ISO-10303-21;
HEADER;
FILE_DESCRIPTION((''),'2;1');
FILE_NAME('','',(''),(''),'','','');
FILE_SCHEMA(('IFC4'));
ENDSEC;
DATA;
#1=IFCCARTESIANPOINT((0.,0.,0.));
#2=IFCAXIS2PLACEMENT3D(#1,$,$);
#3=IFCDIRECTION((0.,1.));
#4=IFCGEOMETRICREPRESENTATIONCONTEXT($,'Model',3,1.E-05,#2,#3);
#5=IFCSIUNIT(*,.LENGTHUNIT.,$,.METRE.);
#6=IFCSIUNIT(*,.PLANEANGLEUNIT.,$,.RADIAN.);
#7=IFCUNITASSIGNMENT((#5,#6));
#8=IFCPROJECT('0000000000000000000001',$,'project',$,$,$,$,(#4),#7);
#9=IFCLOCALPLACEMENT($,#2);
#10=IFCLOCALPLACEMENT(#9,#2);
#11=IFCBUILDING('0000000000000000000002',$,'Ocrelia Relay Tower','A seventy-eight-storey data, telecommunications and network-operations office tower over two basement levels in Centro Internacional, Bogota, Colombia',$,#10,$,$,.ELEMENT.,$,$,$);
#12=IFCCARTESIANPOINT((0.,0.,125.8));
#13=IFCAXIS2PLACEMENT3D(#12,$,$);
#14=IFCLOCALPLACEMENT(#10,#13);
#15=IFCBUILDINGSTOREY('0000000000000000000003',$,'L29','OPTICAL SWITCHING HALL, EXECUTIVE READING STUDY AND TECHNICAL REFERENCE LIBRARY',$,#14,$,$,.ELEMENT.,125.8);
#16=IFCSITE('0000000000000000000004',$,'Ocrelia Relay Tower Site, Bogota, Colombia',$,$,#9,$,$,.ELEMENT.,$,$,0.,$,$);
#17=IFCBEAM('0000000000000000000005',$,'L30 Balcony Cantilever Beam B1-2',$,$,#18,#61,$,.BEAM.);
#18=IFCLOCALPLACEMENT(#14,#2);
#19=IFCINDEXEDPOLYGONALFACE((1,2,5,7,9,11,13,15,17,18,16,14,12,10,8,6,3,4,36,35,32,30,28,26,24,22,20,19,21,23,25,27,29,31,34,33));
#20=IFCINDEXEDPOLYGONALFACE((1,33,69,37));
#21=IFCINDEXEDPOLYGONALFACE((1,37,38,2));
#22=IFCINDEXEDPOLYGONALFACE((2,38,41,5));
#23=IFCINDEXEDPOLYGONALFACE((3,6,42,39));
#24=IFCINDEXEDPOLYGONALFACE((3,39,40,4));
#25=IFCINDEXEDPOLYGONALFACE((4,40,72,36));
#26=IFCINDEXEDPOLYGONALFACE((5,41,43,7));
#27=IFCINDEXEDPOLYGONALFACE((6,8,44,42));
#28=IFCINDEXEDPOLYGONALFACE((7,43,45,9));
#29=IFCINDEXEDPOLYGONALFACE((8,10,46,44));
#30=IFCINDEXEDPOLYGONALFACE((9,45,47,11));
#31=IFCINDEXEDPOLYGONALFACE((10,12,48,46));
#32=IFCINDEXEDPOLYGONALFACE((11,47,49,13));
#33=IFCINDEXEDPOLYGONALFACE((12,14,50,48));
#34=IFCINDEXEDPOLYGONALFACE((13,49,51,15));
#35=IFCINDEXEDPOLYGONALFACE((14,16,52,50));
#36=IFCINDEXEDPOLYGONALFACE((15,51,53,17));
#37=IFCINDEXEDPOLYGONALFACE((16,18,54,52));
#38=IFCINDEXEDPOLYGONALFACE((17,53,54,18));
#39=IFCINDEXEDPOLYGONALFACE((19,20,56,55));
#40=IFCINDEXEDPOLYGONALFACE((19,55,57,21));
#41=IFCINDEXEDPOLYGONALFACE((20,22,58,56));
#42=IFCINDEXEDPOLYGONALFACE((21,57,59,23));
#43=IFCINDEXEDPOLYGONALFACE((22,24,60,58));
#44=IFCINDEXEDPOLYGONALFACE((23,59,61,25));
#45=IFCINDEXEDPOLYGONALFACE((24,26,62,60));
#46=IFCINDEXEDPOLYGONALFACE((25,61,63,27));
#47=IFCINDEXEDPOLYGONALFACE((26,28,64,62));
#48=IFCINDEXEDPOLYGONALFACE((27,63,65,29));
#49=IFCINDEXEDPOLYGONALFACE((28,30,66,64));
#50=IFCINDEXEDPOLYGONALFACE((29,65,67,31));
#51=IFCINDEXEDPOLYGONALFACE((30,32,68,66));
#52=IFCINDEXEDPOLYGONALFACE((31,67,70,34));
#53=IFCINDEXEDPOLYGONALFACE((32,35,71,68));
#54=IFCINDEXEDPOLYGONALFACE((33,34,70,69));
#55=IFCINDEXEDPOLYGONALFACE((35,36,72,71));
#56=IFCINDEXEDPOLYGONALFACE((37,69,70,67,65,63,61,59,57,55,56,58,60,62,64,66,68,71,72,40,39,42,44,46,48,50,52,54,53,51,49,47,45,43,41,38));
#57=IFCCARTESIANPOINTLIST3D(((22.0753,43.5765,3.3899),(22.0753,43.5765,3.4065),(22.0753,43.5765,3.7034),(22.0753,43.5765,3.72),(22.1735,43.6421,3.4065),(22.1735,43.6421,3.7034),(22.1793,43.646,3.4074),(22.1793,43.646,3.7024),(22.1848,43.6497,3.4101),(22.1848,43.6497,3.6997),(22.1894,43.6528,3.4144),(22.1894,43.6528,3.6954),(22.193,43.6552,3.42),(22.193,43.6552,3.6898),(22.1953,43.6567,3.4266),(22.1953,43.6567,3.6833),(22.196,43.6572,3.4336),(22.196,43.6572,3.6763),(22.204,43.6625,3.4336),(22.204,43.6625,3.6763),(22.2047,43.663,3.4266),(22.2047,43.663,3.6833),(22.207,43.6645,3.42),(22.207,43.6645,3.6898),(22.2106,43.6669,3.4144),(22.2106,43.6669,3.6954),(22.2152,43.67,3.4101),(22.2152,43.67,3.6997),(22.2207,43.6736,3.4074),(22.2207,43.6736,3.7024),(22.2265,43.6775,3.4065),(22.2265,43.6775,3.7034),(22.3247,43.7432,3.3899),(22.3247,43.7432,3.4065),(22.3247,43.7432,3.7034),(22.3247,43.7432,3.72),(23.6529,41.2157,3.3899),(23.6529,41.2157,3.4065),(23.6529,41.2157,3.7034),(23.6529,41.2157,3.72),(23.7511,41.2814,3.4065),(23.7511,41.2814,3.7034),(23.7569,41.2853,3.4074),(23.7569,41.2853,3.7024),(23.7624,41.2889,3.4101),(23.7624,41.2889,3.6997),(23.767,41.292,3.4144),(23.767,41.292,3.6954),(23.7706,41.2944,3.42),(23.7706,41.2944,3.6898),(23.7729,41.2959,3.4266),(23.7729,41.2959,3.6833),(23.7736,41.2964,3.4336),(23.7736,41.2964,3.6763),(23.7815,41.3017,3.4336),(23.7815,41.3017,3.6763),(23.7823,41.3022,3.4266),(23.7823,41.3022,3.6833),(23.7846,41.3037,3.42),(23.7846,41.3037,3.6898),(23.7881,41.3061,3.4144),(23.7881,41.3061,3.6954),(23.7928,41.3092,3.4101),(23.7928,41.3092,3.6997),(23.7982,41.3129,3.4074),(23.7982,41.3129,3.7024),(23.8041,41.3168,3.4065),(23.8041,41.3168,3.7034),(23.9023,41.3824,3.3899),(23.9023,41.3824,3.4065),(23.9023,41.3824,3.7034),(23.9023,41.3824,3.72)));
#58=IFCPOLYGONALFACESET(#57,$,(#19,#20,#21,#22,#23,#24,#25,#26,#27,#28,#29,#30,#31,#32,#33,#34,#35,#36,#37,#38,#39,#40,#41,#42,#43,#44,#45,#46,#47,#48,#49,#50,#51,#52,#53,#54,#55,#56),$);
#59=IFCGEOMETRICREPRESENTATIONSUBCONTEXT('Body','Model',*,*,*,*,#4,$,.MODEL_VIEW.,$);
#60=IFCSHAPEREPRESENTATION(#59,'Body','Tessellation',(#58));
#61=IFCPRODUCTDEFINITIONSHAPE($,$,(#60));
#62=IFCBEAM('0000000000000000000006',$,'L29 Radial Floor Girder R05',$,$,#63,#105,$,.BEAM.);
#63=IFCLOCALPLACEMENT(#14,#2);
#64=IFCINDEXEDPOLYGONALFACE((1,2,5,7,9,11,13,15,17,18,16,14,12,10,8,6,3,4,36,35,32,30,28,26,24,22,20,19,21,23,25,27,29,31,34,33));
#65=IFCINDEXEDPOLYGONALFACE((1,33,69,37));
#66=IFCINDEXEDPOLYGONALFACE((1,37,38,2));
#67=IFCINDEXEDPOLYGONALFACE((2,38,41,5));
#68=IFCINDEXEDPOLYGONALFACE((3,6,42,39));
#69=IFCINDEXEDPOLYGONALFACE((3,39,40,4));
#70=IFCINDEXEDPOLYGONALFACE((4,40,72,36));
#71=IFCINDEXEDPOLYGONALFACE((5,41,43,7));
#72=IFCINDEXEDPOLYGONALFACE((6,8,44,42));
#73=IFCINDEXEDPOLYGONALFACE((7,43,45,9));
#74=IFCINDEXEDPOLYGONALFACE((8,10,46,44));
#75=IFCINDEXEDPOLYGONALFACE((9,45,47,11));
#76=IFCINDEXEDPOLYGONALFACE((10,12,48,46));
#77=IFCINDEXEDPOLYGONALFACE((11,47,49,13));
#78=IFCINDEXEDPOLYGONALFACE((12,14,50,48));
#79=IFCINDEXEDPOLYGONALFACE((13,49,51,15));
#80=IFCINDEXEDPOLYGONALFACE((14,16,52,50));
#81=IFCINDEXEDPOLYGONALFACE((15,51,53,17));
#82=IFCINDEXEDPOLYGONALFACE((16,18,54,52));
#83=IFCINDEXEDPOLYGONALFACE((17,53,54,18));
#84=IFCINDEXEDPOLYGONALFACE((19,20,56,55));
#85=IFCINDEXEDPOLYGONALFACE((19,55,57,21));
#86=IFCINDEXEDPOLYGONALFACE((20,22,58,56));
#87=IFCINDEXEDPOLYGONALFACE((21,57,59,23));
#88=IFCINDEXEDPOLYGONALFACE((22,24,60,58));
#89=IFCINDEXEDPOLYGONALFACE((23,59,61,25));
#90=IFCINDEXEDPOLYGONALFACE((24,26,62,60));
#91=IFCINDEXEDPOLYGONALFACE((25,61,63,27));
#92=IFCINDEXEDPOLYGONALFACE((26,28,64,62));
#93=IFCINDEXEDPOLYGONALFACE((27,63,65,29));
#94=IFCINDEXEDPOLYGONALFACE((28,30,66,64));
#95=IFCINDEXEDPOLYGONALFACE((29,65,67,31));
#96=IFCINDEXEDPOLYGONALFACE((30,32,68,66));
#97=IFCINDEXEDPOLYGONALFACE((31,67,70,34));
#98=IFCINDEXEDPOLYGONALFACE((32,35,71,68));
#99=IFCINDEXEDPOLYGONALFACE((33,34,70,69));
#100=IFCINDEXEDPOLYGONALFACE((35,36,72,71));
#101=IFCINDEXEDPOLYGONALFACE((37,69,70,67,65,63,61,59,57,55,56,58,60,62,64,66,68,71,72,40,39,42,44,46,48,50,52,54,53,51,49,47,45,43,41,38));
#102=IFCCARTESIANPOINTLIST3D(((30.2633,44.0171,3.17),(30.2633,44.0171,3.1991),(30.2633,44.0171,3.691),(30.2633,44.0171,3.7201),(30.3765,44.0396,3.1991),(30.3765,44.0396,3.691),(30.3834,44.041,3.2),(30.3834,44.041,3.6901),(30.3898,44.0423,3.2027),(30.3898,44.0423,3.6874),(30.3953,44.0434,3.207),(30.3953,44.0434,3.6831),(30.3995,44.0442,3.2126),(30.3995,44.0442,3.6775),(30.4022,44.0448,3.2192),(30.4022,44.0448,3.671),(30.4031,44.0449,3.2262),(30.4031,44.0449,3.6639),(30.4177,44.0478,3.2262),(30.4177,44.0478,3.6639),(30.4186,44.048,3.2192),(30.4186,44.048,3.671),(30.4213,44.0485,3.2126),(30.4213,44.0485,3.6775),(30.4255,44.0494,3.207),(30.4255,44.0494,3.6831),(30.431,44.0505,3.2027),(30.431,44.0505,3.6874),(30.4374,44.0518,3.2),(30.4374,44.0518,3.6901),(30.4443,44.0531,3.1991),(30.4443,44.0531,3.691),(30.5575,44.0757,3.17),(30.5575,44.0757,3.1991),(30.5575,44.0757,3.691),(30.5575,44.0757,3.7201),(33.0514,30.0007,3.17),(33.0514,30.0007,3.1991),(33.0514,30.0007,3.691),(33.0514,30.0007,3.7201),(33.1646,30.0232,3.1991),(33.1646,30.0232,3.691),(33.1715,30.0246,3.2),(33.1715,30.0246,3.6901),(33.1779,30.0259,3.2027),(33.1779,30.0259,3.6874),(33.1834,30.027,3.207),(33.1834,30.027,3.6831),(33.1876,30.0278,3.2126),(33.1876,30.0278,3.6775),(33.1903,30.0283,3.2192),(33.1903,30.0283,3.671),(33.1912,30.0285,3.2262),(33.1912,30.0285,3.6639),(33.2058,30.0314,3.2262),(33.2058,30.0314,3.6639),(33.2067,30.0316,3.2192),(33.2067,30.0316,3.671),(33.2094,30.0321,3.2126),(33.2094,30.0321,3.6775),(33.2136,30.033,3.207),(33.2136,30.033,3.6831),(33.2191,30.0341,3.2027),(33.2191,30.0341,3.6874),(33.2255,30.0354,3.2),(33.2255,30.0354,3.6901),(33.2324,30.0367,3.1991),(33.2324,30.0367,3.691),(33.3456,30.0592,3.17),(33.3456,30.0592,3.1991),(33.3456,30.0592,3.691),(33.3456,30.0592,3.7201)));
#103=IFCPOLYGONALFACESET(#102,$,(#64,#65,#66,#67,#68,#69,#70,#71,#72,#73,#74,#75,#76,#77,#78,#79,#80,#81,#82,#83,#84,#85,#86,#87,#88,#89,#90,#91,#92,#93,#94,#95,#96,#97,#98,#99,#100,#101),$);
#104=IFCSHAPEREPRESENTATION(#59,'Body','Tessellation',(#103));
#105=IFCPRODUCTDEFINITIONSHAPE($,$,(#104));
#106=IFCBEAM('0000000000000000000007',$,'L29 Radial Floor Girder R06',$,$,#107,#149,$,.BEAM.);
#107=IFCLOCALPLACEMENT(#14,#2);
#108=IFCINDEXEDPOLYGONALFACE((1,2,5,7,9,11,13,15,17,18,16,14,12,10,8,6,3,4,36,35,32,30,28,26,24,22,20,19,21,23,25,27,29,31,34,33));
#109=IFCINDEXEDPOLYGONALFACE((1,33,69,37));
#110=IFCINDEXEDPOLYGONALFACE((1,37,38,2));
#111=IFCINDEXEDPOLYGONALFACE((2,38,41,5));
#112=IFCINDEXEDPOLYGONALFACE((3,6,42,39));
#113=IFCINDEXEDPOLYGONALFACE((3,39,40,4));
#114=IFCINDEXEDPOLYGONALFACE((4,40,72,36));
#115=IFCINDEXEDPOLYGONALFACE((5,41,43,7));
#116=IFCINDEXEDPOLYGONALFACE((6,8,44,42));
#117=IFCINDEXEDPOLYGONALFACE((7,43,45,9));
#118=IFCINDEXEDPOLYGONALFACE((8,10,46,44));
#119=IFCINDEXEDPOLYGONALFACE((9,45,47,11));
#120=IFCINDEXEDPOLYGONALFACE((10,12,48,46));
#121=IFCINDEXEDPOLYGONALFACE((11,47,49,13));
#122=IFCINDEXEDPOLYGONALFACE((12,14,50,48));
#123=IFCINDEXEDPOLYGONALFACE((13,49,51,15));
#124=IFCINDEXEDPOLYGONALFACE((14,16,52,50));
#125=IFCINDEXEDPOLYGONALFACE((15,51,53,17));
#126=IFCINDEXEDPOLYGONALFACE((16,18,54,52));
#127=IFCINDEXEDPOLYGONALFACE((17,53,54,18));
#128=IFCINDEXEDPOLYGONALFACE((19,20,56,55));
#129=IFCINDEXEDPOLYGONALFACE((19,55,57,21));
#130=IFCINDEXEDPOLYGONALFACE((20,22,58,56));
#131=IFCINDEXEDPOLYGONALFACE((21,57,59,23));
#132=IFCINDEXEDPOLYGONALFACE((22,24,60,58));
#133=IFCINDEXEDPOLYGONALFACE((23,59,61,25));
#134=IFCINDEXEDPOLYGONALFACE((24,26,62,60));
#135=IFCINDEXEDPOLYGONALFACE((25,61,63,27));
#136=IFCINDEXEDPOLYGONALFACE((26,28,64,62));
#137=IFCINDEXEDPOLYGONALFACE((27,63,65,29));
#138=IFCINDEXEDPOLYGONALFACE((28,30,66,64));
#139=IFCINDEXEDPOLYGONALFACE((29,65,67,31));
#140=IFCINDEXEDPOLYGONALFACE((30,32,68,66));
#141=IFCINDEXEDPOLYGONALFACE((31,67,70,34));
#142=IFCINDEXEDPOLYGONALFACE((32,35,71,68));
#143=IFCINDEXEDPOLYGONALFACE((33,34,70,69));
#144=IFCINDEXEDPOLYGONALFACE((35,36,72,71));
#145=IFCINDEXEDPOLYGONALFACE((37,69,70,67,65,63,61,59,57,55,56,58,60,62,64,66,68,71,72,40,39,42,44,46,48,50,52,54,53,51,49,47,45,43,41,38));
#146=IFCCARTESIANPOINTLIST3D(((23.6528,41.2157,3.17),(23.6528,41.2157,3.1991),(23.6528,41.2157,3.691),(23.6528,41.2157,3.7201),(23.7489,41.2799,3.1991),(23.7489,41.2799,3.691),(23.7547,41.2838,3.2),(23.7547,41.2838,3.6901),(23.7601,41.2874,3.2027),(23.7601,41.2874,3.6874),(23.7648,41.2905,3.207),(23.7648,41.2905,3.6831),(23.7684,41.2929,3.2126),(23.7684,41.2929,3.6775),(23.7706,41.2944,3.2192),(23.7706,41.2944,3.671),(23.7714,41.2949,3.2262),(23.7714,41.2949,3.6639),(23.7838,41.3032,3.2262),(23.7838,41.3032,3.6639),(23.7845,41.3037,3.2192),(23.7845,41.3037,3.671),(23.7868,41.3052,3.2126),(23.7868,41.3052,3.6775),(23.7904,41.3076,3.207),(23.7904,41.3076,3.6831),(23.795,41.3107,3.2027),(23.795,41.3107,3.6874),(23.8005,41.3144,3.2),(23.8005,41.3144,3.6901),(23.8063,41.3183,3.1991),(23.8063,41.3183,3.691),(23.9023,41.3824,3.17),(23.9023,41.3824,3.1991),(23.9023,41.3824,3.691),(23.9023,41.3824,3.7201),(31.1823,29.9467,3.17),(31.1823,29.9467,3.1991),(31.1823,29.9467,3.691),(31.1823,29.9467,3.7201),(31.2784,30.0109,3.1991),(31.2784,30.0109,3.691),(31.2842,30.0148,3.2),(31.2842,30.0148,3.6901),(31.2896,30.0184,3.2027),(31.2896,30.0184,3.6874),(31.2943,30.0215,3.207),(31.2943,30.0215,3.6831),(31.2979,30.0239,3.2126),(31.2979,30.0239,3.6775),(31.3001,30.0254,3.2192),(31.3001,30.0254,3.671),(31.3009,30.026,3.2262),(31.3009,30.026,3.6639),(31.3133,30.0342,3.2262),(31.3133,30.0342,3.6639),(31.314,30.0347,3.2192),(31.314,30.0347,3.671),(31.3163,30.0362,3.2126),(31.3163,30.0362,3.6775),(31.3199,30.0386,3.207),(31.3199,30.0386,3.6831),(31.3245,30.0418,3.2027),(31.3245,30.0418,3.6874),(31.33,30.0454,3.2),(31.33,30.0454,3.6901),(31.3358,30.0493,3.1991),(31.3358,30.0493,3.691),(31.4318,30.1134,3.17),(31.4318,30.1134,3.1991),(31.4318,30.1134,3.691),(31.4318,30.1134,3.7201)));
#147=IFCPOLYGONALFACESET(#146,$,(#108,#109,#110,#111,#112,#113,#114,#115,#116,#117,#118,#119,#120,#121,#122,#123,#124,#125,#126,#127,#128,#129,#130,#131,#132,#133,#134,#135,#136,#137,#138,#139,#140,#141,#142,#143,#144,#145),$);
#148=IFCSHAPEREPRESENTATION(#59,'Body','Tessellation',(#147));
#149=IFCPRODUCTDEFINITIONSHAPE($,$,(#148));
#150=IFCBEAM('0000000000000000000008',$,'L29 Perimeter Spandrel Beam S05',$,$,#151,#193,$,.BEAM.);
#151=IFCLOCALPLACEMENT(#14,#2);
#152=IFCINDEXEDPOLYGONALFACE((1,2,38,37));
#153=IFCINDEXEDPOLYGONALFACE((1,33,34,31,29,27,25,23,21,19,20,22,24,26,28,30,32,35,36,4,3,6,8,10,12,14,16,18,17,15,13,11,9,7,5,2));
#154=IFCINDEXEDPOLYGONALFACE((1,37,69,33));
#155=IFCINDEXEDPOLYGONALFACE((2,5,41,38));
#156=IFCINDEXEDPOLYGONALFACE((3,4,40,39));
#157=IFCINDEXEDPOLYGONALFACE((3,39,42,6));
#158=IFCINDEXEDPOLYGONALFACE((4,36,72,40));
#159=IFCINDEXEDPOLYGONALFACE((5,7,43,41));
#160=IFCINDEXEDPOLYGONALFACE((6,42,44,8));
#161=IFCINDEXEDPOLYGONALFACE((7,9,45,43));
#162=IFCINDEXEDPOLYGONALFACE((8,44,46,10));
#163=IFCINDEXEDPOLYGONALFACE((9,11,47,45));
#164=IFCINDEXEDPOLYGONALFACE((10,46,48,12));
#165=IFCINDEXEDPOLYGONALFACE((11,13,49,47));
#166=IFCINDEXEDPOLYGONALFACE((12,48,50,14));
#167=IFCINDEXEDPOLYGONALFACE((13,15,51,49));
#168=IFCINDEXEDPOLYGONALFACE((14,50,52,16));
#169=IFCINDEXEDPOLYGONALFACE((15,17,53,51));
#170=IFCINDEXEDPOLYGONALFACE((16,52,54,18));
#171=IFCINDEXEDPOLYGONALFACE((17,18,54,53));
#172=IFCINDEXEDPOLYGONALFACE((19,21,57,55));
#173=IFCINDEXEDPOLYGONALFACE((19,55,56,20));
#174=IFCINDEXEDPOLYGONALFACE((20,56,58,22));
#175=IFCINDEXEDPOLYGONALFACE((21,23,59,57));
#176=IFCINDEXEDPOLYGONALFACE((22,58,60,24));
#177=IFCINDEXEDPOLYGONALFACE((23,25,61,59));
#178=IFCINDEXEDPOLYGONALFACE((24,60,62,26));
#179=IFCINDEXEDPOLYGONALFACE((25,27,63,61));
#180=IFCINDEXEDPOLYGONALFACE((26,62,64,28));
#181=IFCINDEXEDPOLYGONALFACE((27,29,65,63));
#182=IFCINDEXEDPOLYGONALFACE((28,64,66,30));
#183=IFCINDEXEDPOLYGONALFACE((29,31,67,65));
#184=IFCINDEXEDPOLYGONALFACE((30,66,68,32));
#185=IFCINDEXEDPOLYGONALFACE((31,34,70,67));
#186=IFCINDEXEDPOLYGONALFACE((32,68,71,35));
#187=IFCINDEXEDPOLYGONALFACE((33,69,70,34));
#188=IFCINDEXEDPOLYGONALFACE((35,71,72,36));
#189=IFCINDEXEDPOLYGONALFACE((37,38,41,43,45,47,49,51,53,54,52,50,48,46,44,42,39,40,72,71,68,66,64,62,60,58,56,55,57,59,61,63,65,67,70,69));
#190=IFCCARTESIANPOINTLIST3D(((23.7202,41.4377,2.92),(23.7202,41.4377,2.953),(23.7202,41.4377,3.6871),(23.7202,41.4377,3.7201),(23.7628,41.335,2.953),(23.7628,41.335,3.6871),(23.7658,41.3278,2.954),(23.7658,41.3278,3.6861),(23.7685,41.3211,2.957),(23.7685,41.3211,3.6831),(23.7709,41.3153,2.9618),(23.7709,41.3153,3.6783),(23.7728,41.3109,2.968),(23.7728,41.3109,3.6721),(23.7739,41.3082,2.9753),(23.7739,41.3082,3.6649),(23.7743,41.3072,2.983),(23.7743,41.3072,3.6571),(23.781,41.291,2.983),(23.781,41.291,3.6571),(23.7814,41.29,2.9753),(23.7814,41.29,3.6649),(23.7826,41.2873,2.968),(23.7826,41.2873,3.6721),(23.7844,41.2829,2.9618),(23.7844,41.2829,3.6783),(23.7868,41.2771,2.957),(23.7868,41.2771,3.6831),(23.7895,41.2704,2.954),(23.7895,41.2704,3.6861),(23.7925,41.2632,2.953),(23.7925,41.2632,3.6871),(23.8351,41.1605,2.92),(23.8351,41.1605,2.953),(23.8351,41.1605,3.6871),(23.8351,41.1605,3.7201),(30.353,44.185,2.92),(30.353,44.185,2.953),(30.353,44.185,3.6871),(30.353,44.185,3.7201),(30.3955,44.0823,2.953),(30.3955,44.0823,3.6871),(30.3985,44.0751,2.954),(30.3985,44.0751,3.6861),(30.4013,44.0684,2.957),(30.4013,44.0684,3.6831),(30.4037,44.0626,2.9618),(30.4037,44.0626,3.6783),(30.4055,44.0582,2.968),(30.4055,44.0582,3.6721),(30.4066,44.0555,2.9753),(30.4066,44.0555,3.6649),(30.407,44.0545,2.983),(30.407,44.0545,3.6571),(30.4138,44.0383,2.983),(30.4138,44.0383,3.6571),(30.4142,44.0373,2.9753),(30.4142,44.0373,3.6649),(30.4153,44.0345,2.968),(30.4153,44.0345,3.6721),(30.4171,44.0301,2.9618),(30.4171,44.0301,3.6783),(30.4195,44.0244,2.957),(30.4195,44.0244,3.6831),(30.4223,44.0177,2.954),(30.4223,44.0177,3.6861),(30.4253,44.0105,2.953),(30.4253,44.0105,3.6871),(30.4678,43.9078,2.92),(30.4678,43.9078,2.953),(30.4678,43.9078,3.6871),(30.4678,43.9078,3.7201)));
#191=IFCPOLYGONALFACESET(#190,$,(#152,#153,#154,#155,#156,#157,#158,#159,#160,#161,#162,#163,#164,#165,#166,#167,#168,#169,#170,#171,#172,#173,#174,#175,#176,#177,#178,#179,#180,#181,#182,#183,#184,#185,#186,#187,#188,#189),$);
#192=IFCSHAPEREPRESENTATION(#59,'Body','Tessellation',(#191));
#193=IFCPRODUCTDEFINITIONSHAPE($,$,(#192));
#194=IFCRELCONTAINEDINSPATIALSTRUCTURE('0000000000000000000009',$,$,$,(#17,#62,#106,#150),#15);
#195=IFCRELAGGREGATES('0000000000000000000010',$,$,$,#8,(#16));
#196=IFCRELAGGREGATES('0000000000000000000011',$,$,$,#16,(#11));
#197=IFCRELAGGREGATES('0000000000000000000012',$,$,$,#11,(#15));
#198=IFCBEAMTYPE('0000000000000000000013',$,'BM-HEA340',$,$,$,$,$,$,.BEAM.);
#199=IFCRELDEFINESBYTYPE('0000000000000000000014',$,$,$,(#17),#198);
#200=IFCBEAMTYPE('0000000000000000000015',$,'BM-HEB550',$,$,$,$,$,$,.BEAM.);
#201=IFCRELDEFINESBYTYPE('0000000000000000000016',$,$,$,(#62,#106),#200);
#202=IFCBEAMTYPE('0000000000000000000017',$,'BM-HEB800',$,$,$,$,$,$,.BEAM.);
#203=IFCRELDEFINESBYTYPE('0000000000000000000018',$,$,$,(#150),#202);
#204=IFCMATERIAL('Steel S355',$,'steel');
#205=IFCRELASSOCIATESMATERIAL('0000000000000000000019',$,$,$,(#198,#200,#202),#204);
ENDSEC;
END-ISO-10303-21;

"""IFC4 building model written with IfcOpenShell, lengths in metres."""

from ifc_helpers import new_model, si_unit, direction, frame, origin, origin_2d, place, context, subcontext, project, spatial, i_section, extrude, material, material_profile, profile_set, type_object, element, save


model = new_model("IFC4")

# Units and contexts
model_context = context("Model", 3, precision=1e-05, world=origin(), true_north=direction((0.0, 1.0)))
body_context = subcontext(model_context, "Body", "Model", "MODEL_VIEW")
ifc_project = project(units=[si_unit("LENGTHUNIT", "METRE"), si_unit("PLANEANGLEUNIT", "RADIAN")], contexts=[model_context])

# Site, building, storey
site_placement = place(None, origin())
site = spatial("IfcSite", under=ifc_project, at=site_placement, Name="Ocrelia Relay Tower Site, Bogota, Colombia", CompositionType="ELEMENT", RefElevation=0.0)
building_placement = place(site_placement, origin())
building = spatial("IfcBuilding", under=site, at=building_placement, Name="Ocrelia Relay Tower", Description="A seventy-eight-storey data, telecommunications and network-operations office tower over two basement levels in Centro Internacional, Bogota, Colombia", CompositionType="ELEMENT")
storey_placement = place(building_placement, frame((0.0, 0.0, 125.8)))
storey = spatial("IfcBuildingStorey", under=building, at=storey_placement, Name="L29", Description="OPTICAL SWITCHING HALL, EXECUTIVE READING STUDY AND TECHNICAL REFERENCE LIBRARY", CompositionType="ELEMENT", Elevation=125.8)

# Beams
ifc_material_1 = material(Name="Steel S355", Category="steel")
ifc_material_profile_1 = material_profile(ifc_material_1, i_section(OverallWidth=0.3, OverallDepth=0.3301, WebThickness=0.0095, FlangeThickness=0.0166, FilletRadius=0.0271, at=origin_2d()), Name="HEA 340")
ifc_profile_set_1 = profile_set([ifc_material_profile_1], Name="Steel S355")
beam_type_1 = type_object("IfcBeamType", Name="BM-HEA340", PredefinedType="BEAM", material=ifc_profile_set_1)
beam_1_placement = place(storey_placement, frame((23.7776, 41.2991, 3.5549), z_axis=(-0.555613, 0.831441, 0.0), x_axis=(-0.831441, -0.555613, 0.0)))
element("IfcBeam", 1, at=beam_1_placement, inside=storey, type_object=beam_type_1, Name="L30 Balcony Cantilever Beam B1-2", PredefinedType="BEAM", context=body_context, shape_type="SweptSolid", body=[
    extrude(i_section(OverallWidth=0.3, OverallDepth=0.3301, WebThickness=0.0095, FlangeThickness=0.0166, FilletRadius=0.0271, at=origin_2d()), origin(), (0.0, 0.0, 1.0), 2.8394),
])
ifc_material_profile_2 = material_profile(ifc_material_1, i_section(OverallWidth=0.3, OverallDepth=0.55, WebThickness=0.0149, FlangeThickness=0.0291, FilletRadius=0.0271, at=origin_2d()), Name="HEB 550")
ifc_profile_set_2 = profile_set([ifc_material_profile_2], Name="Steel S355")
beam_type_2 = type_object("IfcBeamType", Name="BM-HEB550", PredefinedType="BEAM", material=ifc_profile_set_2)
beam_2_placement = place(storey_placement, frame((30.4104, 44.0464, 3.4451), z_axis=(0.195094, -0.980784, 0.0), x_axis=(0.980784, 0.195094, 0.0)))
element("IfcBeam", 2, at=beam_2_placement, inside=storey, type_object=beam_type_2, Name="L29 Radial Floor Girder R05", PredefinedType="BEAM", context=body_context, shape_type="SweptSolid", body=[
    extrude(i_section(OverallWidth=0.3, OverallDepth=0.55, WebThickness=0.0149, FlangeThickness=0.0291, FilletRadius=0.0271, at=origin_2d()), origin(), (0.0, 0.0, 1.0), 14.291),
])
beam_3_placement = place(storey_placement, frame((23.7776, 41.2991, 3.4451), z_axis=(0.55556, -0.831476, 0.0), x_axis=(0.831476, 0.55556, 0.0)))
element("IfcBeam", 3, at=beam_3_placement, inside=storey, type_object=beam_type_2, Name="L29 Radial Floor Girder R06", PredefinedType="BEAM", context=body_context, shape_type="SweptSolid", body=[
    extrude(i_section(OverallWidth=0.3, OverallDepth=0.55, WebThickness=0.0149, FlangeThickness=0.0291, FilletRadius=0.0271, at=origin_2d()), origin(), (0.0, 0.0, 1.0), 13.553),
])
ifc_material_profile_3 = material_profile(ifc_material_1, i_section(OverallWidth=0.3, OverallDepth=0.8, WebThickness=0.0176, FlangeThickness=0.033, FilletRadius=0.03, at=origin_2d()), Name="HEB 800")
ifc_profile_set_3 = profile_set([ifc_material_profile_3], Name="Steel S355")
beam_type_3 = type_object("IfcBeamType", Name="BM-HEB800", PredefinedType="BEAM", material=ifc_profile_set_3)
beam_4_placement = place(storey_placement, frame((30.4104, 44.0464, 3.3201), z_axis=(-0.923884, -0.382673, 0.0), x_axis=(0.382673, -0.923884, 0.0)))
element("IfcBeam", 4, at=beam_4_placement, inside=storey, type_object=beam_type_3, Name="L29 Perimeter Spandrel Beam S05", PredefinedType="BEAM", context=body_context, shape_type="SweptSolid", body=[
    extrude(i_section(OverallWidth=0.3, OverallDepth=0.8, WebThickness=0.0176, FlangeThickness=0.033, FilletRadius=0.03, at=origin_2d()), origin(), (0.0, 0.0, 1.0), 7.1792),
])

save(model, "model.ifc")
